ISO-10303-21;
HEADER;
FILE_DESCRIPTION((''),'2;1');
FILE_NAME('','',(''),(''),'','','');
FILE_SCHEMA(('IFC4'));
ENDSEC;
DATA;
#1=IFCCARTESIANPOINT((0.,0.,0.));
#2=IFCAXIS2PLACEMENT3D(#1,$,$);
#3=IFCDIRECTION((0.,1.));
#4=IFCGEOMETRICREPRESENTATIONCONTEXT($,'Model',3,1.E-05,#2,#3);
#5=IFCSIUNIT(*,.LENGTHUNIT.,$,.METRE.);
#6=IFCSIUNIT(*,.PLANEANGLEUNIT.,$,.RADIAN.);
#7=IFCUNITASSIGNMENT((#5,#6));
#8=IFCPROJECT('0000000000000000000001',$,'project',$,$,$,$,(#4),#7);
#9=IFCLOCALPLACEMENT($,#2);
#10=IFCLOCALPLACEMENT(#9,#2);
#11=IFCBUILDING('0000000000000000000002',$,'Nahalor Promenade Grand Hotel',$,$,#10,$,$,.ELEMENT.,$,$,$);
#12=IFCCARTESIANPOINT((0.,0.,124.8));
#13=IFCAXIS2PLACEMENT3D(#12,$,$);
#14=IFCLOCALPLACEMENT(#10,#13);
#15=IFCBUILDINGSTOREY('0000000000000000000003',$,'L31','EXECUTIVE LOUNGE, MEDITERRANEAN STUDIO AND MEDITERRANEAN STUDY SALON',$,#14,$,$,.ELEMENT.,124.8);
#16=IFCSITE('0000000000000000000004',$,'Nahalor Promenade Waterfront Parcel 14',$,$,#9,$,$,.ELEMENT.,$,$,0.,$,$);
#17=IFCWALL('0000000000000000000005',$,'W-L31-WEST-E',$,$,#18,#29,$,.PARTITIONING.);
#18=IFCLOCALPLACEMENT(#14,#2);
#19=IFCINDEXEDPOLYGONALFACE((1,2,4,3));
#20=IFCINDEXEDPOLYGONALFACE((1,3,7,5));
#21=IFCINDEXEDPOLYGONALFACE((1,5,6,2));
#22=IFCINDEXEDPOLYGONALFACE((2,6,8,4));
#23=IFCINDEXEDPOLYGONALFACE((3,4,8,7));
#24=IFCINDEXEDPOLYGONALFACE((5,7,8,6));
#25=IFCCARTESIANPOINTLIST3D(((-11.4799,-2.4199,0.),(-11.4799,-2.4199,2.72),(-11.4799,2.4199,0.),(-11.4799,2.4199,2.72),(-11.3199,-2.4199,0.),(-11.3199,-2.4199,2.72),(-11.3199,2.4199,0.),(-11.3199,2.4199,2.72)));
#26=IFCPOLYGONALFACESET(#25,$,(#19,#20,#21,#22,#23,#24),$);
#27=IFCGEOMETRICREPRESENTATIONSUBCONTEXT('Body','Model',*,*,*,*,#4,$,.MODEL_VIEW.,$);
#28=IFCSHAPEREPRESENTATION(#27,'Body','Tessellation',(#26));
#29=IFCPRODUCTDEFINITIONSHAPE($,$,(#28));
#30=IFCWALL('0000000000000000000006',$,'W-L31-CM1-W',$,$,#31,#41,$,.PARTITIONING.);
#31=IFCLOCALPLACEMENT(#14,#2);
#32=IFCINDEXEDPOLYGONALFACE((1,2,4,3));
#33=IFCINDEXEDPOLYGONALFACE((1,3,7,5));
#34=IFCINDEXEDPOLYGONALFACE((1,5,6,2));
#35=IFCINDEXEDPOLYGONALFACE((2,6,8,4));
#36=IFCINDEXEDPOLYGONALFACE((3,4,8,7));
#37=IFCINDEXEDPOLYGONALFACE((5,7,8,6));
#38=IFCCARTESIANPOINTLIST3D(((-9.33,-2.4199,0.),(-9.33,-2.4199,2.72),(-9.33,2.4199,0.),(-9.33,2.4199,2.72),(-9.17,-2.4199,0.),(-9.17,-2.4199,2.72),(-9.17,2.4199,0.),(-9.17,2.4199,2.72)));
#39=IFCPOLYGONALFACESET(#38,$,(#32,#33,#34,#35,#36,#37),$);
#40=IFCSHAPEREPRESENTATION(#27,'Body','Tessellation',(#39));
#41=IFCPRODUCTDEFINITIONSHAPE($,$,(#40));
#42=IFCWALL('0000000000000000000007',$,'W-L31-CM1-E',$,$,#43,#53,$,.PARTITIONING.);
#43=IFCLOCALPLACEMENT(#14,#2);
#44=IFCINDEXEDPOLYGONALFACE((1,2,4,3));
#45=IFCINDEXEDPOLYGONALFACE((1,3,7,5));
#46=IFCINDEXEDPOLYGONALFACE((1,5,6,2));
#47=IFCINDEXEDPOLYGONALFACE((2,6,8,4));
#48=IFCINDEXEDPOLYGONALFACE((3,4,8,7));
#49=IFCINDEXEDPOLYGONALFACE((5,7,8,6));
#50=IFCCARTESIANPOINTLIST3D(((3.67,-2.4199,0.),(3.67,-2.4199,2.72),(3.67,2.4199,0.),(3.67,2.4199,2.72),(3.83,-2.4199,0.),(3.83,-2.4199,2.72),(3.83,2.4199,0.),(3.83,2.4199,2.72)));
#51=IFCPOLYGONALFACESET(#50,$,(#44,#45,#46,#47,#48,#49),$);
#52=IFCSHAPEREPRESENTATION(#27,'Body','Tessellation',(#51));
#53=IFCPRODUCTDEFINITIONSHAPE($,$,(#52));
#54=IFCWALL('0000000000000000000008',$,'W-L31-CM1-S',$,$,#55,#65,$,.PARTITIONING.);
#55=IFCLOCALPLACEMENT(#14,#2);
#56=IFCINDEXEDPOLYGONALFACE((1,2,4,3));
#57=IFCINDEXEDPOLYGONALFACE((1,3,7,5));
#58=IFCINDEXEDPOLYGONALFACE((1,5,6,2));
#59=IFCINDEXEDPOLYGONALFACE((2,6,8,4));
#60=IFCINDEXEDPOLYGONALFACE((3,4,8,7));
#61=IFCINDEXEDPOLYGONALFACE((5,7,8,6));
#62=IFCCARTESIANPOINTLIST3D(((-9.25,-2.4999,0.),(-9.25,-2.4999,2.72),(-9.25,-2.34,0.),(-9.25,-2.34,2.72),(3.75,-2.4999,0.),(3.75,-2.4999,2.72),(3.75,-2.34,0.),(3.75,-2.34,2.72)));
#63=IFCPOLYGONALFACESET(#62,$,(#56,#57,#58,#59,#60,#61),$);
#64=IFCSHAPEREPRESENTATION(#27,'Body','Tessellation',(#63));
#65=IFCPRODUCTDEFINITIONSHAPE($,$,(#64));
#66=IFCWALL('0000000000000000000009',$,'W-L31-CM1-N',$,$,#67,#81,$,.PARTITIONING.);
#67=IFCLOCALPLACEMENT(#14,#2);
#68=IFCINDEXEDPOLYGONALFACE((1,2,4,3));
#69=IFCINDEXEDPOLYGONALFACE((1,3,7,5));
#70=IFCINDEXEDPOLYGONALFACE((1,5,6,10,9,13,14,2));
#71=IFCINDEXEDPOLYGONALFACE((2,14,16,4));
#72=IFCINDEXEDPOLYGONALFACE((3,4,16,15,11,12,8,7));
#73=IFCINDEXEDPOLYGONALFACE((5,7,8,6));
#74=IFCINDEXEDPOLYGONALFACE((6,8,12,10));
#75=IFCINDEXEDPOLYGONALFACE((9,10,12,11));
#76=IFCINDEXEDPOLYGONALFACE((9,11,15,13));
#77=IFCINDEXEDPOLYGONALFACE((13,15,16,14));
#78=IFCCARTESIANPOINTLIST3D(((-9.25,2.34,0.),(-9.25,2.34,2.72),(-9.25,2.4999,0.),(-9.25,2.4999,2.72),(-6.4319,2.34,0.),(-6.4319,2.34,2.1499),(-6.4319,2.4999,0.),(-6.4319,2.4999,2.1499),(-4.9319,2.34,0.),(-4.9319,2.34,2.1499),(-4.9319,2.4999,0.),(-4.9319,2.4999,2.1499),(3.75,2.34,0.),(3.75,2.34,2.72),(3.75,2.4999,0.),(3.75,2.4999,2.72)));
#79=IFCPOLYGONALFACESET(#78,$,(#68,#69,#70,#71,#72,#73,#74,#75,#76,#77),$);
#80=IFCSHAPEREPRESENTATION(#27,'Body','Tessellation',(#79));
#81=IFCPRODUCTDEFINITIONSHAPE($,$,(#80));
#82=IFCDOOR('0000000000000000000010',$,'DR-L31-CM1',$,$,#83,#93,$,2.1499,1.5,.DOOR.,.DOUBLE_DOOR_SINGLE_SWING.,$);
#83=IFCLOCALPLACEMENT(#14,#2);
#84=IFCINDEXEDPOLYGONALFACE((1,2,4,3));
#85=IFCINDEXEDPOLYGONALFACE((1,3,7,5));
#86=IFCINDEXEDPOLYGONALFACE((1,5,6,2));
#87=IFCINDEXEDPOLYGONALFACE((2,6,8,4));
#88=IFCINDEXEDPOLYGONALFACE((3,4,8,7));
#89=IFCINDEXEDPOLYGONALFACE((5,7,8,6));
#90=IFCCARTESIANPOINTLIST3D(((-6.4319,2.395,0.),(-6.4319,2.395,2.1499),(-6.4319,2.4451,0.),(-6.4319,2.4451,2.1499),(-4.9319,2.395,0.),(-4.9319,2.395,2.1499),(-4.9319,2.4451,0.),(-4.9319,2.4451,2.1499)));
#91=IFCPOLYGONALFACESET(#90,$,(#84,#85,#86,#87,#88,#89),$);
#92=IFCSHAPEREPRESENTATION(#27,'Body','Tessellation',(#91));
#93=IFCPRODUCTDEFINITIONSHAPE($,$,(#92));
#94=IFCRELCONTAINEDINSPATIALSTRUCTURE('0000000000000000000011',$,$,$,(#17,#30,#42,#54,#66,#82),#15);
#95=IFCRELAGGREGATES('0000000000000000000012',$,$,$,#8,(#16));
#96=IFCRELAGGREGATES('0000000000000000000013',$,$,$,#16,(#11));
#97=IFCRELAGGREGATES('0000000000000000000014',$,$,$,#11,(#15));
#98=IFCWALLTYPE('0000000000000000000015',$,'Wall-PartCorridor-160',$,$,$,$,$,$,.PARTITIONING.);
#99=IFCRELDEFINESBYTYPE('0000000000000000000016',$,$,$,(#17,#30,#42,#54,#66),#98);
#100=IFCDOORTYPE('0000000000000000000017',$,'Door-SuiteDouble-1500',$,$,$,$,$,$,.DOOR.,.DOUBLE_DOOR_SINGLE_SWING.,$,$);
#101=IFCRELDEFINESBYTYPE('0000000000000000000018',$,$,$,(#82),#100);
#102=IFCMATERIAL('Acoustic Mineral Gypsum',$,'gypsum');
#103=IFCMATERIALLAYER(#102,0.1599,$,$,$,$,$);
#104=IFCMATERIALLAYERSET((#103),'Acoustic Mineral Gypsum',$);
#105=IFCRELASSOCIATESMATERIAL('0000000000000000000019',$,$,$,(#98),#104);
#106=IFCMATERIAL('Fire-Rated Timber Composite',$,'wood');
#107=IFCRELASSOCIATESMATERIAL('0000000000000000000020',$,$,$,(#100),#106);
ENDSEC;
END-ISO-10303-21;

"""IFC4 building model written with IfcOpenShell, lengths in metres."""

from ifc_helpers import new_model, si_unit, direction, frame, frame_2d, origin, place, context, subcontext, project, spatial, rectangle, extrude, source, transform, mapped, material, layer, layer_set, type_object, element, fill, save


model = new_model("IFC4")

# Units and contexts
model_context = context("Model", 3, precision=1e-05, world=origin(), true_north=direction((0.0, 1.0)))
body_context = subcontext(model_context, "Body", "Model", "MODEL_VIEW")
ifc_project = project(units=[si_unit("LENGTHUNIT", "METRE"), si_unit("PLANEANGLEUNIT", "RADIAN")], contexts=[model_context])

# Site, building, storey
site_placement = place(None, origin())
site = spatial("IfcSite", under=ifc_project, at=site_placement, Name="Nahalor Promenade Waterfront Parcel 14", CompositionType="ELEMENT", RefElevation=0.0)
building_placement = place(site_placement, origin())
building = spatial("IfcBuilding", under=site, at=building_placement, Name="Nahalor Promenade Grand Hotel", CompositionType="ELEMENT")
storey_placement = place(building_placement, frame((0.0, 0.0, 124.8)))
storey = spatial("IfcBuildingStorey", under=building, at=storey_placement, Name="L31", Description="EXECUTIVE LOUNGE, MEDITERRANEAN STUDIO AND MEDITERRANEAN STUDY SALON", CompositionType="ELEMENT", Elevation=124.8)

# Walls
ifc_material_1 = material(Name="Acoustic Mineral Gypsum", Category="gypsum")
ifc_layer_1 = layer(ifc_material_1, 0.1599)
ifc_layer_set_1 = layer_set([ifc_layer_1], Name="Acoustic Mineral Gypsum")
wall_type_1 = type_object("IfcWallType", Name="Wall-PartCorridor-160", PredefinedType="PARTITIONING", material=ifc_layer_set_1)
shared_shape_1 = source(origin(), body_context, "Body", "SweptSolid", [
    extrude(rectangle(XDim=4.8398, YDim=0.1599, at=frame_2d((2.4199, 0.0))), origin(), (0.0, 0.0, 1.0), 2.72),
])
for number, where, z_axis, x_axis, name in (
    (1, (-11.3999, -2.4199, 0.0), (0.0, 0.0, 1.0), (0.0, 1.0, 0.0), "W-L31-WEST-E"),
    (2, (-9.25, -2.4199, 0.0), (0.0, 0.0, 1.0), (0.0, 1.0, 0.0), "W-L31-CM1-W"),
    (3, (3.75, -2.4199, 0.0), (0.0, 0.0, 1.0), (0.0, 1.0, 0.0), "W-L31-CM1-E"),
):
    element("IfcWall", number, at=place(storey_placement, frame(where, z_axis=z_axis, x_axis=x_axis)), inside=storey, type_object=wall_type_1, Name=name, PredefinedType="PARTITIONING", context=body_context, shape_type="MappedRepresentation", body=[
        mapped(shared_shape_1, transform((0.0, 0.0, 0.0), scale=1.0)),
    ])
shared_shape_2 = source(origin(), body_context, "Body", "SweptSolid", [
    extrude(rectangle(XDim=13.0, YDim=0.1599, at=frame_2d((6.5, 0.0))), origin(), (0.0, 0.0, 1.0), 2.72),
])
wall_1_placement = place(storey_placement, frame((-9.25, -2.4199, 0.0), z_axis=(0.0, 0.0, 1.0), x_axis=(1.0, 0.0, 0.0)))
element("IfcWall", 4, at=wall_1_placement, inside=storey, type_object=wall_type_1, Name="W-L31-CM1-S", PredefinedType="PARTITIONING", context=body_context, shape_type="MappedRepresentation", body=[
    mapped(shared_shape_2, transform((0.0, 0.0, 0.0), scale=1.0)),
])

# Wall, opening, door
wall_2_placement = place(storey_placement, frame((-9.25, 2.4199, 0.0), z_axis=(0.0, 0.0, 1.0), x_axis=(1.0, 0.0, 0.0)))
wall_2 = element("IfcWall", 5, at=wall_2_placement, inside=storey, type_object=wall_type_1, Name="W-L31-CM1-N", PredefinedType="PARTITIONING", context=body_context, shape_type="MappedRepresentation", body=[
    mapped(shared_shape_2, transform((0.0, 0.0, 0.0), scale=1.0)),
])
opening_1_placement = place(wall_2_placement, frame((2.8181, 0.0, 0.0)))
opening_1 = element("IfcOpeningElement", 6, at=opening_1_placement, cuts=wall_2, PredefinedType="OPENING", context=body_context, shape_type="SweptSolid", body=[
    extrude(rectangle(XDim=1.5, YDim=2.1499, at=frame_2d((0.75, 1.075))), frame((0.0, 0.0898, 0.0), z_axis=(0.0, -1.0, 0.0), x_axis=(1.0, 0.0, 0.0)), (0.0, 0.0, 1.0), 0.1799),
])
ifc_material_2 = material(Name="Fire-Rated Timber Composite", Category="wood")
door_type = type_object("IfcDoorType", Name="Door-SuiteDouble-1500", OperationType="DOUBLE_DOOR_SINGLE_SWING", PredefinedType="DOOR", material=ifc_material_2)
shared_shape_3 = source(origin(), body_context, "Body", "SweptSolid", [
    extrude(rectangle(XDim=1.5, YDim=2.1499, at=frame_2d((0.75, 1.075))), frame((0.0, 0.0249, 0.0), z_axis=(0.0, -1.0, 0.0), x_axis=(1.0, 0.0, 0.0)), (0.0, 0.0, 1.0), 0.05),
])
door_1_placement = place(opening_1_placement, frame((1.5, 0.0, 0.0), z_axis=(0.0, 0.0, 1.0), x_axis=(-1.0, 0.0, 0.0)))
door_1 = element("IfcDoor", 7, at=door_1_placement, inside=storey, type_object=door_type, Name="DR-L31-CM1", OperationType="DOUBLE_DOOR_SINGLE_SWING", OverallHeight=2.1499, OverallWidth=1.5, PredefinedType="DOOR", context=body_context, shape_type="MappedRepresentation", body=[
    mapped(shared_shape_3, transform((0.0, 0.0, 0.0), scale=1.0)),
])
fill(opening_1, door_1)

save(model, "model.ifc")
